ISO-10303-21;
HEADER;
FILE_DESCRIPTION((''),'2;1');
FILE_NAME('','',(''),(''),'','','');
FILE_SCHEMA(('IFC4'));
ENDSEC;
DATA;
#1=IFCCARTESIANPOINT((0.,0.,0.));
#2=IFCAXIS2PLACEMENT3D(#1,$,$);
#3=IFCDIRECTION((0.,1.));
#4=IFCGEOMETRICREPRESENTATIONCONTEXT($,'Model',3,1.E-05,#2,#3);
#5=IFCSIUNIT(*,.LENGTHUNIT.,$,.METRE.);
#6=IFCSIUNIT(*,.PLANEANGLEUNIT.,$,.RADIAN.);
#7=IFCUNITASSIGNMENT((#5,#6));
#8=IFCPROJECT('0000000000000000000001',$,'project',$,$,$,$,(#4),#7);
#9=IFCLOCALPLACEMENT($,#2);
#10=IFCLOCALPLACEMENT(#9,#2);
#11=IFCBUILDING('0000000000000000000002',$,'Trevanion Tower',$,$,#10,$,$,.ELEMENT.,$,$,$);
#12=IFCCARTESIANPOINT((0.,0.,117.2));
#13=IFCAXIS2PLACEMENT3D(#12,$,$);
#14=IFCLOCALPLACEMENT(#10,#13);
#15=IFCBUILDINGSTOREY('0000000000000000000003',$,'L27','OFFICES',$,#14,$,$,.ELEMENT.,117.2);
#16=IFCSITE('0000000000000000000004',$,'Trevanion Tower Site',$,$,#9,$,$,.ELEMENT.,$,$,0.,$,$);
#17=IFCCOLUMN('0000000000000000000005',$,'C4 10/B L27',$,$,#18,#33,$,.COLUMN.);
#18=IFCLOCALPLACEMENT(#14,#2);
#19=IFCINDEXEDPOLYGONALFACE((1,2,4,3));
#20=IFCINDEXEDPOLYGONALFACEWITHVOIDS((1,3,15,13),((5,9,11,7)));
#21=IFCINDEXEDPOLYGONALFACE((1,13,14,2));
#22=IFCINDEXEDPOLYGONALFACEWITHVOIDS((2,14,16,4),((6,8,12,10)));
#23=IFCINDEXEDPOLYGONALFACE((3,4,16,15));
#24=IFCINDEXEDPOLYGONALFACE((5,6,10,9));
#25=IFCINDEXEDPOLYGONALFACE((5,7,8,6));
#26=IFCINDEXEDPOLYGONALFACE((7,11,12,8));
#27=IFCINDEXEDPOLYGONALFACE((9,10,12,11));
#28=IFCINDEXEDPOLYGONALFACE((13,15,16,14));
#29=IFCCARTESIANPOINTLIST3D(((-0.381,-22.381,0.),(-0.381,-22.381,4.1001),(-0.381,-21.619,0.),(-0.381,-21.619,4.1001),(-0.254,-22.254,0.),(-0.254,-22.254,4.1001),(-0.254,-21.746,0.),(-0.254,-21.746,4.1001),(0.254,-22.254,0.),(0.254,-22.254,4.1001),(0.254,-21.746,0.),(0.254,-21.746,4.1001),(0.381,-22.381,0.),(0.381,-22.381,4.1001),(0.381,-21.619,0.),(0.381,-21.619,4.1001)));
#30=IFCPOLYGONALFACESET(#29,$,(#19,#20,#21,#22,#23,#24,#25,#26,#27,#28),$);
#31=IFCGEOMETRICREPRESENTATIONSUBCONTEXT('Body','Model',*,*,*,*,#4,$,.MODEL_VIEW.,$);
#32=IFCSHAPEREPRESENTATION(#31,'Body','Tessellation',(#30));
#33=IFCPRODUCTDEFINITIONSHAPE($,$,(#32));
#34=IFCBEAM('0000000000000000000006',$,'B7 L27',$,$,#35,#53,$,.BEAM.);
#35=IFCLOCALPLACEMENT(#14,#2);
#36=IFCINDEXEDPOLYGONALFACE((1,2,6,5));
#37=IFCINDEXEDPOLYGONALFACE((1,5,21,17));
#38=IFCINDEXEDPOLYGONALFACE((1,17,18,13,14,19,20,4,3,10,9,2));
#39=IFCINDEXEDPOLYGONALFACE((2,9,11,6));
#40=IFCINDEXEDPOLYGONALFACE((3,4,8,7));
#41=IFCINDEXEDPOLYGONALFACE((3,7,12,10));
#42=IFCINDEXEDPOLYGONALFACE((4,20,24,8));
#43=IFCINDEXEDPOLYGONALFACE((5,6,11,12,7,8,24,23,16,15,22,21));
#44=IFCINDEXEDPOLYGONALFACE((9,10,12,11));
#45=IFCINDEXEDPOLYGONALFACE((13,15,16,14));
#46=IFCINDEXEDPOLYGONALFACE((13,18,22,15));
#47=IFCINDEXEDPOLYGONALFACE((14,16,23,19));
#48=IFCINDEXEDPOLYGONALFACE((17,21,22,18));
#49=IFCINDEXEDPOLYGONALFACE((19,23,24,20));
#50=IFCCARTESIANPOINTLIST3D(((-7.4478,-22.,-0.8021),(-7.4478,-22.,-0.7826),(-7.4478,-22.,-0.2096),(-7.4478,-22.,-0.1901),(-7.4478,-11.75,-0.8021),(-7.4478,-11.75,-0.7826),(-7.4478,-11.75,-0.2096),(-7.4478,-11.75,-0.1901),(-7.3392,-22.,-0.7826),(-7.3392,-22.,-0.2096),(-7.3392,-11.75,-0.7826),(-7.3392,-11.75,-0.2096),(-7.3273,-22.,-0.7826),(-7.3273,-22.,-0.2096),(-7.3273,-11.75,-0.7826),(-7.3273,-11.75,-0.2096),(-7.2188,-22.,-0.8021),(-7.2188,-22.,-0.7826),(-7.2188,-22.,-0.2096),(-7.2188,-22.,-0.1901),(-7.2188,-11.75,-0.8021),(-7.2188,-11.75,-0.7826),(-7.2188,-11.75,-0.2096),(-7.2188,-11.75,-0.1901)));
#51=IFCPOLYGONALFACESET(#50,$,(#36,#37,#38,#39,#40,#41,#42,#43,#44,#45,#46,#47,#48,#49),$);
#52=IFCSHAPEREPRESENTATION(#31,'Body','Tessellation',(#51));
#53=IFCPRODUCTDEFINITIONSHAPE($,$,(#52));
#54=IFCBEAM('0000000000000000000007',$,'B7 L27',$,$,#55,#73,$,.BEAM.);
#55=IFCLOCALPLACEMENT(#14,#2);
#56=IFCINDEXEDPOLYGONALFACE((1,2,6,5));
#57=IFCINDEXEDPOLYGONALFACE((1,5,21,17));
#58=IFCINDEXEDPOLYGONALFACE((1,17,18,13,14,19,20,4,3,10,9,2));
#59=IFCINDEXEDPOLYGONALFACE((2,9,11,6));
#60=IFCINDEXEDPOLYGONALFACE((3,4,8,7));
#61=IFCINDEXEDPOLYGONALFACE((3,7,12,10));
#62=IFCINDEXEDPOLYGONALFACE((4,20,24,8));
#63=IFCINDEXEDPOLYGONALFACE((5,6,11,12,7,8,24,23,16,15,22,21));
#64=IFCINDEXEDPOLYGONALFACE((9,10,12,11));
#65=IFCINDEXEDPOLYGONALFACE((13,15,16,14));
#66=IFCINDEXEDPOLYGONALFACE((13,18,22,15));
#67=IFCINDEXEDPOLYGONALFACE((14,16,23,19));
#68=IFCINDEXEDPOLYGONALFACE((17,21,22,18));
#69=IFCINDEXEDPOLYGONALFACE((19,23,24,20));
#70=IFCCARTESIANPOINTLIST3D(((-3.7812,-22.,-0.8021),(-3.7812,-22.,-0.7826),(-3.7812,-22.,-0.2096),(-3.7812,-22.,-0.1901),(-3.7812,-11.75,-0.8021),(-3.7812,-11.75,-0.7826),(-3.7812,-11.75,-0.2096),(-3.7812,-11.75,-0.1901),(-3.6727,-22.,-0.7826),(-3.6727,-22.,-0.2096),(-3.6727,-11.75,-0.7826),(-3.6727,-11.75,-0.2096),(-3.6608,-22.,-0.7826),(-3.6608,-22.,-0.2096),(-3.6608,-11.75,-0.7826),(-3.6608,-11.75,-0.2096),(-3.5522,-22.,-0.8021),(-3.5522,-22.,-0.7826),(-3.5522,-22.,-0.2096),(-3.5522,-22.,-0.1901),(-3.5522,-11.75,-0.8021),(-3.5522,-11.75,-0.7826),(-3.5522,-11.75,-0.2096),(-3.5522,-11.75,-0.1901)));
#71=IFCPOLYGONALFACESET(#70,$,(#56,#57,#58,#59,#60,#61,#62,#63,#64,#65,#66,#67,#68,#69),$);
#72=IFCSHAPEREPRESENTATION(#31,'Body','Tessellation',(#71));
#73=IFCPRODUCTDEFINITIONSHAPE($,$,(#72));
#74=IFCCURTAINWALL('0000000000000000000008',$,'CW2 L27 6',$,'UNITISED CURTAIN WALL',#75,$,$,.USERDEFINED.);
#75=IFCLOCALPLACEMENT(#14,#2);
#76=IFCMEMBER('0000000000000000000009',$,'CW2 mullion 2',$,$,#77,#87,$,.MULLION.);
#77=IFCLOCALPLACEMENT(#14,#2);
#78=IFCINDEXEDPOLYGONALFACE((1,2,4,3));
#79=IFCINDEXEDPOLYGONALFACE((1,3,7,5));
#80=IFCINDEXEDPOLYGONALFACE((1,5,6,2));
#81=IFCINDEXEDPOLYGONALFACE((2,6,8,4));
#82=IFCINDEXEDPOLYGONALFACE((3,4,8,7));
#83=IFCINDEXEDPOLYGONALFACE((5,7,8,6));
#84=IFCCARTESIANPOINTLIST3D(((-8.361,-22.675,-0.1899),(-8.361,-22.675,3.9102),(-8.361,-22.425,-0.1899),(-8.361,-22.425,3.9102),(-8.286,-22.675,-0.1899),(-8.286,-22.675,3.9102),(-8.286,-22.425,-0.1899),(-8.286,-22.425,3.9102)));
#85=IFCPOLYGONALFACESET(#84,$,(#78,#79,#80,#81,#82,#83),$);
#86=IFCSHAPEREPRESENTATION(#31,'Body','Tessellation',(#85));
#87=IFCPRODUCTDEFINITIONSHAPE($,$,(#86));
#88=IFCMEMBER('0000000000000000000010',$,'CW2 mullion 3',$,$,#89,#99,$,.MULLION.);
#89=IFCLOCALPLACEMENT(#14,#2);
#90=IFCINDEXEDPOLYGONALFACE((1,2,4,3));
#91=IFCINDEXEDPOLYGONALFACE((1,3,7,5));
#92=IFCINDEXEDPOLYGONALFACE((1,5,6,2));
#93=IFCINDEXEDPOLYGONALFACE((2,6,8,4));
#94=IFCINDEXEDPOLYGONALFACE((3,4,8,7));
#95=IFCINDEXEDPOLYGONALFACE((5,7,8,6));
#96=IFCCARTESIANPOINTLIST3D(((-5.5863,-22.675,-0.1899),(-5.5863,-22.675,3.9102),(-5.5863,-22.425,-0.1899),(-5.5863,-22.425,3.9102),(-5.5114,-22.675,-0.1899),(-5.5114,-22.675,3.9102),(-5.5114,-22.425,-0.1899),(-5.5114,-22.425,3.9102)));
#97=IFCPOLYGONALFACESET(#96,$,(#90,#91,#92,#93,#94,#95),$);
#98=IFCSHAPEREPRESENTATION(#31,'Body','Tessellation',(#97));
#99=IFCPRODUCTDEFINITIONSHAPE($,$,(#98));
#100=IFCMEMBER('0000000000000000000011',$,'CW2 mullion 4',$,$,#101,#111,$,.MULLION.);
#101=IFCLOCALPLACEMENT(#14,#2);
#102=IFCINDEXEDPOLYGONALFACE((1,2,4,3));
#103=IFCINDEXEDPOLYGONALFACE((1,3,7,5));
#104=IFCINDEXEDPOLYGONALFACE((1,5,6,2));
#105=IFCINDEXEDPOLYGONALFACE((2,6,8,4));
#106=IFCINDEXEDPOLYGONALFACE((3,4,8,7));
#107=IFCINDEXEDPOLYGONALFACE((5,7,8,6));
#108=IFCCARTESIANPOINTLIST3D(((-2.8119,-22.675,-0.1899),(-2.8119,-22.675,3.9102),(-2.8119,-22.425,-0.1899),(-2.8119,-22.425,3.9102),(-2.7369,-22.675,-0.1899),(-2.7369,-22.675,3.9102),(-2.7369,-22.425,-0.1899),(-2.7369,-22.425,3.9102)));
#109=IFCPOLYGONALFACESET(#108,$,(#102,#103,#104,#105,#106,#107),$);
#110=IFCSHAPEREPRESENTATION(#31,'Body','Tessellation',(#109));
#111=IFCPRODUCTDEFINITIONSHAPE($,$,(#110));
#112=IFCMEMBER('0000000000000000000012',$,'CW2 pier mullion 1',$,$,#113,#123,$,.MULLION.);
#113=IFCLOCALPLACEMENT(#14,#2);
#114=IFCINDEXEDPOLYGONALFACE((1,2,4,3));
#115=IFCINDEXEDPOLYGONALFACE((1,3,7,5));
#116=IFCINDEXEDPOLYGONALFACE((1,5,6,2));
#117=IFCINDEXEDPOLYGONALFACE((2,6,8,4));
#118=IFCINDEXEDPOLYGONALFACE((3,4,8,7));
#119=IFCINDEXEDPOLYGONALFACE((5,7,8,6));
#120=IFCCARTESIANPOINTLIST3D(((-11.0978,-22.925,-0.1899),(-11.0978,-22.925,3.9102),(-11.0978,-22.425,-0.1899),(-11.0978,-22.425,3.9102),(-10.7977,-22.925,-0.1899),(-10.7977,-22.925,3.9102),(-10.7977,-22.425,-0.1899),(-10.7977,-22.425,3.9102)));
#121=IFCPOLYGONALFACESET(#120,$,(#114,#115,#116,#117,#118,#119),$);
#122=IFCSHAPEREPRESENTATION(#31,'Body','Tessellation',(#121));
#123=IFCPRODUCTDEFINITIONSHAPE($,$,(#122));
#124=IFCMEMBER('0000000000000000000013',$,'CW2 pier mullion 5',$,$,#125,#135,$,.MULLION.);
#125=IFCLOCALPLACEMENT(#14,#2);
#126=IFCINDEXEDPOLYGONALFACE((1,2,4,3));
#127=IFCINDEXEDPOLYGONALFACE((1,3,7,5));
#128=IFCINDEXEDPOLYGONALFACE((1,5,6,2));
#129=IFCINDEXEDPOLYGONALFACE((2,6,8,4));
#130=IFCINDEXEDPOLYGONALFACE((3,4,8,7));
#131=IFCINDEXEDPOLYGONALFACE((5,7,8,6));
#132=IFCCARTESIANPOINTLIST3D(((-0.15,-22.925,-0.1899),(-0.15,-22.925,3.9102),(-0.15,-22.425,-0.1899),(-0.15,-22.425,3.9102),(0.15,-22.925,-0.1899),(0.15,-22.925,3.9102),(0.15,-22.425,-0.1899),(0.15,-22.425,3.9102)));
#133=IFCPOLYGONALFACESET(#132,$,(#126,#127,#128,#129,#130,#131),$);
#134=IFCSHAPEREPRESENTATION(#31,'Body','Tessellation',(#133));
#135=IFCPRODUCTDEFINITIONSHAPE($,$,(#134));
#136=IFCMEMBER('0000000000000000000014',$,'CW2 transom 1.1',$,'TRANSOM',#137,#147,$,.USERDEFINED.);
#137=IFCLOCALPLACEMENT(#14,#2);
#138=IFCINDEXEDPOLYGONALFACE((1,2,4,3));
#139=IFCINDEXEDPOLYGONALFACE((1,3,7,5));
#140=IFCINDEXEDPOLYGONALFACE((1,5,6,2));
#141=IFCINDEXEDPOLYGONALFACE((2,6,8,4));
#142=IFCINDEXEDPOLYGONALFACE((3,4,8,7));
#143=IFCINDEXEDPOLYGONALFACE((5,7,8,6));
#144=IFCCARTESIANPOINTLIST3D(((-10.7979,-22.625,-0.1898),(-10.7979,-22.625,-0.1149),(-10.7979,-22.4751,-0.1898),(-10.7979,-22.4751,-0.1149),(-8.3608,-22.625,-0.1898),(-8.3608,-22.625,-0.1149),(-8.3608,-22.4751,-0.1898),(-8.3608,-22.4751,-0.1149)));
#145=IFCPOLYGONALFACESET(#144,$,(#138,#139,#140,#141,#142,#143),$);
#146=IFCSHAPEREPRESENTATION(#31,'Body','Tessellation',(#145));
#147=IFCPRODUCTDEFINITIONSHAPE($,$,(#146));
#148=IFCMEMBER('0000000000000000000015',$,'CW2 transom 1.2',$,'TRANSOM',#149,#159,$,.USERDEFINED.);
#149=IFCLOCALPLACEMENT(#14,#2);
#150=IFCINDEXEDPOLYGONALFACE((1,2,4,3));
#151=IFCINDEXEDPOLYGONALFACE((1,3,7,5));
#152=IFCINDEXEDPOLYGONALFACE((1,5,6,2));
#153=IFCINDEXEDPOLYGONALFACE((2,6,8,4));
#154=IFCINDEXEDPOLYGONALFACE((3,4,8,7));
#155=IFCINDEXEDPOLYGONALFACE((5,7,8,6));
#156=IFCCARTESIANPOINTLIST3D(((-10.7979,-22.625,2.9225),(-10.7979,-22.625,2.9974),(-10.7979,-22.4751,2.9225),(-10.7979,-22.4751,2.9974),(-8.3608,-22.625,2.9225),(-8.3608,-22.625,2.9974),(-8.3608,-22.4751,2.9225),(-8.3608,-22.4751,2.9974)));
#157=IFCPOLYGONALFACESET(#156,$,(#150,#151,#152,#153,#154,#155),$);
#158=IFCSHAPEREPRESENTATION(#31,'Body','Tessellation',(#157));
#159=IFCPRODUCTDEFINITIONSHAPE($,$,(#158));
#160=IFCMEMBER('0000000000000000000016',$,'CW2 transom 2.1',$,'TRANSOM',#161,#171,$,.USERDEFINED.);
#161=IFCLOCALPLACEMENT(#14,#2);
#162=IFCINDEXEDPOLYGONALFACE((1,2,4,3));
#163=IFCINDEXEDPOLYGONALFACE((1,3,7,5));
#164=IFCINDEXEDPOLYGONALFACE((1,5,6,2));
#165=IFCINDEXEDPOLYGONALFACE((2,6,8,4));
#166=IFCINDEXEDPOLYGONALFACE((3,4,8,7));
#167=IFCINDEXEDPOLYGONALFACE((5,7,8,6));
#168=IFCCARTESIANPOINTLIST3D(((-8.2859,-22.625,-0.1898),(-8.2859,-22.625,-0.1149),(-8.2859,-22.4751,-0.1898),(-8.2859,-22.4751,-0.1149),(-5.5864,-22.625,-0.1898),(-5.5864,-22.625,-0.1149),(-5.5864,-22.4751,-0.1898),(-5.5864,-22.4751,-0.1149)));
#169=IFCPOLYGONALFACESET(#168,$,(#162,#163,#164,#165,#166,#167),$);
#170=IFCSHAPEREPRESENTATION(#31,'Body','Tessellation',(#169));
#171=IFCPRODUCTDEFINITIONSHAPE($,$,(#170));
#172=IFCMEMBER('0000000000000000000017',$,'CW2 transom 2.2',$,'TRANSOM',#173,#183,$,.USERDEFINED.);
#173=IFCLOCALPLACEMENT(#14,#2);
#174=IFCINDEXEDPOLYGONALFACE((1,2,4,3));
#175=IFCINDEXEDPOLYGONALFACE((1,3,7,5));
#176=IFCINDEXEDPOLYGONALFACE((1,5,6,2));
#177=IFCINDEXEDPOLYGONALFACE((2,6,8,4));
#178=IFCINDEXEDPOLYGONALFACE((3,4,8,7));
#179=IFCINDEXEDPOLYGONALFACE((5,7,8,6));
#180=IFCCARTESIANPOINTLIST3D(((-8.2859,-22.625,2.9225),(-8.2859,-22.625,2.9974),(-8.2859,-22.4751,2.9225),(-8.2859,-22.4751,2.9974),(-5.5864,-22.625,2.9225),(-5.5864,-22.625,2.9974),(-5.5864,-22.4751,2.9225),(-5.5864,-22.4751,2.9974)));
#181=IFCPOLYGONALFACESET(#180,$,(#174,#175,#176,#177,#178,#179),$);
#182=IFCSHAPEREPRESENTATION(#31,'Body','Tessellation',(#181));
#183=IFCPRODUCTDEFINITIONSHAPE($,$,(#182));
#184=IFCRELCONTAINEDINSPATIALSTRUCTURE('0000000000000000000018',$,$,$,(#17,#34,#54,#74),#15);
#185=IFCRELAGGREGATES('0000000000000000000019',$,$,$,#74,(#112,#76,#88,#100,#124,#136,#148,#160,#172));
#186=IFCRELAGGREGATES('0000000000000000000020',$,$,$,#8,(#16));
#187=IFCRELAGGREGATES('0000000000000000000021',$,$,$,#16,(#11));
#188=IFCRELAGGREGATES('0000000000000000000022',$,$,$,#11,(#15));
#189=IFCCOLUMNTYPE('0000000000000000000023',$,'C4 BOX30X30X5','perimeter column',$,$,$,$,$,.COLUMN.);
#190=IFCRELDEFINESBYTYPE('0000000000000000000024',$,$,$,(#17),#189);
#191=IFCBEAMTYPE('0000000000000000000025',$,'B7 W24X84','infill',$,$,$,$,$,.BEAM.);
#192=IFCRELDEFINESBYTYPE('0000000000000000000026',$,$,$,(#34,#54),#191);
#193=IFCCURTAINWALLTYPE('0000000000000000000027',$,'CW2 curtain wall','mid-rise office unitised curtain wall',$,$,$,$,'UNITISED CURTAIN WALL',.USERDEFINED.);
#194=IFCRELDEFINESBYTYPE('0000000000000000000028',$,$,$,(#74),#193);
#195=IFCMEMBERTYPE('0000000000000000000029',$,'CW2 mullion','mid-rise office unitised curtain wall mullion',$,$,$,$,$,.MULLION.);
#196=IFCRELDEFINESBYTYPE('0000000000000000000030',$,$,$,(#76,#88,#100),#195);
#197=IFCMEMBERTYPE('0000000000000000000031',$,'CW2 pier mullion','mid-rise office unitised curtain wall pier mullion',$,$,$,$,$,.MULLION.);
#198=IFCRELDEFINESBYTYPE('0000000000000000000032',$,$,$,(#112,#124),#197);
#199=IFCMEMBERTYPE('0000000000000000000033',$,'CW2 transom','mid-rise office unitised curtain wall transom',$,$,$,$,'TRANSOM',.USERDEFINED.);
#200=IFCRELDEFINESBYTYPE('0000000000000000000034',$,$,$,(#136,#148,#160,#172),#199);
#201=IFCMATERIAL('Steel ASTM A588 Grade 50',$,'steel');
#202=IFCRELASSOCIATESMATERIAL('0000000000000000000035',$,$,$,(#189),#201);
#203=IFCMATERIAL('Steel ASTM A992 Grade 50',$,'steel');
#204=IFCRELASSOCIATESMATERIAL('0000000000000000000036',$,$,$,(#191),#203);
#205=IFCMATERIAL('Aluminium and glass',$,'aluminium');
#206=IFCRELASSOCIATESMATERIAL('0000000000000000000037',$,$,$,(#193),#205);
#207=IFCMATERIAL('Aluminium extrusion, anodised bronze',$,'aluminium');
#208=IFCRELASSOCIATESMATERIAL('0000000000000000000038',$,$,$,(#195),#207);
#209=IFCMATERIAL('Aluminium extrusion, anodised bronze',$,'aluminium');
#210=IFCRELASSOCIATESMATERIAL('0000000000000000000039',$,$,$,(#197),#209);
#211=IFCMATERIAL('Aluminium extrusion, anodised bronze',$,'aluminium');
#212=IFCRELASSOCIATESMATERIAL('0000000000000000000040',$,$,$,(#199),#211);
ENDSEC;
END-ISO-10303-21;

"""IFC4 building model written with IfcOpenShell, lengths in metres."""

from ifc_helpers import new_model, si_unit, direction, frame, origin, origin_2d, place, context, subcontext, project, spatial, rectangle, hollow_rectangle, i_section, extrude, material, material_profile, profile_set, type_object, element, aggregate, save


model = new_model("IFC4")

# Units and contexts
model_context = context("Model", 3, precision=1e-05, world=origin(), true_north=direction((0.0, 1.0)))
body_context = subcontext(model_context, "Body", "Model", "MODEL_VIEW")
ifc_project = project(units=[si_unit("LENGTHUNIT", "METRE"), si_unit("PLANEANGLEUNIT", "RADIAN")], contexts=[model_context])

# Site, building, storey
site_placement = place(None, origin())
site = spatial("IfcSite", under=ifc_project, at=site_placement, Name="Trevanion Tower Site", CompositionType="ELEMENT", RefElevation=0.0)
building_placement = place(site_placement, origin())
building = spatial("IfcBuilding", under=site, at=building_placement, Name="Trevanion Tower", CompositionType="ELEMENT")
storey_placement = place(building_placement, frame((0.0, 0.0, 117.2)))
storey = spatial("IfcBuildingStorey", under=building, at=storey_placement, Name="L27", Description="OFFICES", CompositionType="ELEMENT", Elevation=117.2)

# Column
ifc_material_1 = material(Name="Steel ASTM A588 Grade 50", Category="steel")
ifc_material_profile_1 = material_profile(ifc_material_1, hollow_rectangle(XDim=0.762, YDim=0.762, WallThickness=0.127, at=origin_2d()), Name="BOX30X30X5")
ifc_profile_set_1 = profile_set([ifc_material_profile_1], Name="Steel ASTM A588 Grade 50")
column_type = type_object("IfcColumnType", Name="C4 BOX30X30X5", Description="perimeter column", PredefinedType="COLUMN", material=ifc_profile_set_1)
column_placement = place(storey_placement, frame((0.0, -22.0, 0.0), z_axis=(0.0, 0.0, 1.0), x_axis=(1.0, 0.0, 0.0)))
element("IfcColumn", 1, at=column_placement, inside=storey, type_object=column_type, Name="C4 10/B L27", PredefinedType="COLUMN", context=body_context, shape_type="SweptSolid", body=[
    extrude(hollow_rectangle(XDim=0.762, YDim=0.762, WallThickness=0.127, at=origin_2d()), origin(), (0.0, 0.0, 1.0), 4.1001),
])

# Beams
ifc_material_2 = material(Name="Steel ASTM A992 Grade 50", Category="steel")
ifc_material_profile_2 = material_profile(ifc_material_2, i_section(OverallWidth=0.229, OverallDepth=0.6121, WebThickness=0.012, FlangeThickness=0.0195, at=origin_2d()), Name="W24X84")
ifc_profile_set_2 = profile_set([ifc_material_profile_2], Name="Steel ASTM A992 Grade 50")
beam_type_1 = type_object("IfcBeamType", Name="B7 W24X84", Description="infill", PredefinedType="BEAM", material=ifc_profile_set_2)
for number, where, z_axis, x_axis, name in (
    (2, (-7.3333, -11.75, -0.4961), (0.0, -1.0, 0.0), (1.0, 0.0, 0.0), "B7 L27"),
    (3, (-3.6667, -11.75, -0.4961), (0.0, -1.0, 0.0), (1.0, 0.0, 0.0), "B7 L27"),
):
    element("IfcBeam", number, at=place(storey_placement, frame(where, z_axis=z_axis, x_axis=x_axis)), inside=storey, type_object=beam_type_1, Name=name, PredefinedType="BEAM", context=body_context, shape_type="SweptSolid", body=[
        extrude(i_section(OverallWidth=0.229, OverallDepth=0.6121, WebThickness=0.012, FlangeThickness=0.0195, at=origin_2d()), origin(), (0.0, 0.0, 1.0), 10.25),
    ])

# Curtain wall, members
ifc_material_3 = material(Name="Aluminium and glass", Category="aluminium")
curtain_wall_type = type_object("IfcCurtainWallType", Name="CW2 curtain wall", Description="mid-rise office unitised curtain wall", ElementType="UNITISED CURTAIN WALL", PredefinedType="USERDEFINED", material=ifc_material_3)
curtain_wall_placement = place(storey_placement, origin())
curtain_wall = element("IfcCurtainWall", 4, at=curtain_wall_placement, inside=storey, type_object=curtain_wall_type, Name="CW2 L27 6", ObjectType="UNITISED CURTAIN WALL", PredefinedType="USERDEFINED")
ifc_material_4 = material(Name="Aluminium extrusion, anodised bronze", Category="aluminium")
ifc_material_profile_3 = material_profile(ifc_material_4, rectangle(XDim=0.075, YDim=0.25, at=origin_2d()), Name="CW2 mullion")
ifc_profile_set_3 = profile_set([ifc_material_profile_3], Name="Aluminium extrusion, anodised bronze")
member_type_1 = type_object("IfcMemberType", Name="CW2 mullion", Description="mid-rise office unitised curtain wall mullion", PredefinedType="MULLION", material=ifc_profile_set_3)
member_1_placement = place(storey_placement, frame((-8.3235, -22.55, -0.1899), z_axis=(0.0, 0.0, 1.0), x_axis=(1.0, 0.0, 0.0)))
member_1 = element("IfcMember", 5, at=member_1_placement, type_object=member_type_1, Name="CW2 mullion 2", PredefinedType="MULLION", context=body_context, shape_type="SweptSolid", body=[
    extrude(rectangle(XDim=0.075, YDim=0.25, at=origin_2d()), origin(), (0.0, 0.0, 1.0), 4.1001),
])
member_2_placement = place(storey_placement, frame((-5.5488, -22.55, -0.1899), z_axis=(0.0, 0.0, 1.0), x_axis=(1.0, 0.0, 0.0)))
member_2 = element("IfcMember", 6, at=member_2_placement, type_object=member_type_1, Name="CW2 mullion 3", PredefinedType="MULLION", context=body_context, shape_type="SweptSolid", body=[
    extrude(rectangle(XDim=0.075, YDim=0.25, at=origin_2d()), origin(), (0.0, 0.0, 1.0), 4.1001),
])
member_3_placement = place(storey_placement, frame((-2.7744, -22.55, -0.1899), z_axis=(0.0, 0.0, 1.0), x_axis=(1.0, 0.0, 0.0)))
member_3 = element("IfcMember", 7, at=member_3_placement, type_object=member_type_1, Name="CW2 mullion 4", PredefinedType="MULLION", context=body_context, shape_type="SweptSolid", body=[
    extrude(rectangle(XDim=0.075, YDim=0.25, at=origin_2d()), origin(), (0.0, 0.0, 1.0), 4.1001),
])
ifc_material_5 = material(Name="Aluminium extrusion, anodised bronze", Category="aluminium")
ifc_material_profile_4 = material_profile(ifc_material_5, rectangle(XDim=0.3, YDim=0.5, at=origin_2d()), Name="CW2 pier mullion")
ifc_profile_set_4 = profile_set([ifc_material_profile_4], Name="Aluminium extrusion, anodised bronze")
member_type_2 = type_object("IfcMemberType", Name="CW2 pier mullion", Description="mid-rise office unitised curtain wall pier mullion", PredefinedType="MULLION", material=ifc_profile_set_4)
member_4_placement = place(storey_placement, frame((-10.9478, -22.675, -0.1899), z_axis=(0.0, 0.0, 1.0), x_axis=(1.0, 0.0, 0.0)))
member_4 = element("IfcMember", 8, at=member_4_placement, type_object=member_type_2, Name="CW2 pier mullion 1", PredefinedType="MULLION", context=body_context, shape_type="SweptSolid", body=[
    extrude(rectangle(XDim=0.3, YDim=0.5, at=origin_2d()), origin(), (0.0, 0.0, 1.0), 4.1001),
])
member_5_placement = place(storey_placement, frame((0.0, -22.675, -0.1899), z_axis=(0.0, 0.0, 1.0), x_axis=(1.0, 0.0, 0.0)))
member_5 = element("IfcMember", 9, at=member_5_placement, type_object=member_type_2, Name="CW2 pier mullion 5", PredefinedType="MULLION", context=body_context, shape_type="SweptSolid", body=[
    extrude(rectangle(XDim=0.3, YDim=0.5, at=origin_2d()), origin(), (0.0, 0.0, 1.0), 4.1001),
])
ifc_material_6 = material(Name="Aluminium extrusion, anodised bronze", Category="aluminium")
ifc_material_profile_5 = material_profile(ifc_material_6, rectangle(XDim=0.1499, YDim=0.075, at=origin_2d()), Name="CW2 transom")
ifc_profile_set_5 = profile_set([ifc_material_profile_5], Name="Aluminium extrusion, anodised bronze")
member_type_3 = type_object("IfcMemberType", Name="CW2 transom", Description="mid-rise office unitised curtain wall transom", ElementType="TRANSOM", PredefinedType="USERDEFINED", material=ifc_profile_set_5)
member_6_placement = place(storey_placement, frame((-10.7979, -22.55, -0.1523), z_axis=(1.0, 0.0, 0.0), x_axis=(0.0, 1.0, 0.0)))
member_6 = element("IfcMember", 10, at=member_6_placement, type_object=member_type_3, Name="CW2 transom 1.1", ObjectType="TRANSOM", PredefinedType="USERDEFINED", context=body_context, shape_type="SweptSolid", body=[
    extrude(rectangle(XDim=0.1499, YDim=0.075, at=origin_2d()), origin(), (0.0, 0.0, 1.0), 2.437),
])
member_7_placement = place(storey_placement, frame((-10.7979, -22.55, 2.96), z_axis=(1.0, 0.0, 0.0), x_axis=(0.0, 1.0, 0.0)))
member_7 = element("IfcMember", 11, at=member_7_placement, type_object=member_type_3, Name="CW2 transom 1.2", ObjectType="TRANSOM", PredefinedType="USERDEFINED", context=body_context, shape_type="SweptSolid", body=[
    extrude(rectangle(XDim=0.1499, YDim=0.075, at=origin_2d()), origin(), (0.0, 0.0, 1.0), 2.437),
])
member_8_placement = place(storey_placement, frame((-8.2859, -22.55, -0.1523), z_axis=(1.0, 0.0, 0.0), x_axis=(0.0, 1.0, 0.0)))
member_8 = element("IfcMember", 12, at=member_8_placement, type_object=member_type_3, Name="CW2 transom 2.1", ObjectType="TRANSOM", PredefinedType="USERDEFINED", context=body_context, shape_type="SweptSolid", body=[
    extrude(rectangle(XDim=0.1499, YDim=0.075, at=origin_2d()), origin(), (0.0, 0.0, 1.0), 2.6995),
])
member_9_placement = place(storey_placement, frame((-8.2859, -22.55, 2.96), z_axis=(1.0, 0.0, 0.0), x_axis=(0.0, 1.0, 0.0)))
member_9 = element("IfcMember", 13, at=member_9_placement, type_object=member_type_3, Name="CW2 transom 2.2", ObjectType="TRANSOM", PredefinedType="USERDEFINED", context=body_context, shape_type="SweptSolid", body=[
    extrude(rectangle(XDim=0.1499, YDim=0.075, at=origin_2d()), origin(), (0.0, 0.0, 1.0), 2.6995),
])

aggregate(curtain_wall, [member_4, member_1, member_2, member_3, member_5, member_6, member_7, member_8, member_9])

save(model, "model.ifc")
